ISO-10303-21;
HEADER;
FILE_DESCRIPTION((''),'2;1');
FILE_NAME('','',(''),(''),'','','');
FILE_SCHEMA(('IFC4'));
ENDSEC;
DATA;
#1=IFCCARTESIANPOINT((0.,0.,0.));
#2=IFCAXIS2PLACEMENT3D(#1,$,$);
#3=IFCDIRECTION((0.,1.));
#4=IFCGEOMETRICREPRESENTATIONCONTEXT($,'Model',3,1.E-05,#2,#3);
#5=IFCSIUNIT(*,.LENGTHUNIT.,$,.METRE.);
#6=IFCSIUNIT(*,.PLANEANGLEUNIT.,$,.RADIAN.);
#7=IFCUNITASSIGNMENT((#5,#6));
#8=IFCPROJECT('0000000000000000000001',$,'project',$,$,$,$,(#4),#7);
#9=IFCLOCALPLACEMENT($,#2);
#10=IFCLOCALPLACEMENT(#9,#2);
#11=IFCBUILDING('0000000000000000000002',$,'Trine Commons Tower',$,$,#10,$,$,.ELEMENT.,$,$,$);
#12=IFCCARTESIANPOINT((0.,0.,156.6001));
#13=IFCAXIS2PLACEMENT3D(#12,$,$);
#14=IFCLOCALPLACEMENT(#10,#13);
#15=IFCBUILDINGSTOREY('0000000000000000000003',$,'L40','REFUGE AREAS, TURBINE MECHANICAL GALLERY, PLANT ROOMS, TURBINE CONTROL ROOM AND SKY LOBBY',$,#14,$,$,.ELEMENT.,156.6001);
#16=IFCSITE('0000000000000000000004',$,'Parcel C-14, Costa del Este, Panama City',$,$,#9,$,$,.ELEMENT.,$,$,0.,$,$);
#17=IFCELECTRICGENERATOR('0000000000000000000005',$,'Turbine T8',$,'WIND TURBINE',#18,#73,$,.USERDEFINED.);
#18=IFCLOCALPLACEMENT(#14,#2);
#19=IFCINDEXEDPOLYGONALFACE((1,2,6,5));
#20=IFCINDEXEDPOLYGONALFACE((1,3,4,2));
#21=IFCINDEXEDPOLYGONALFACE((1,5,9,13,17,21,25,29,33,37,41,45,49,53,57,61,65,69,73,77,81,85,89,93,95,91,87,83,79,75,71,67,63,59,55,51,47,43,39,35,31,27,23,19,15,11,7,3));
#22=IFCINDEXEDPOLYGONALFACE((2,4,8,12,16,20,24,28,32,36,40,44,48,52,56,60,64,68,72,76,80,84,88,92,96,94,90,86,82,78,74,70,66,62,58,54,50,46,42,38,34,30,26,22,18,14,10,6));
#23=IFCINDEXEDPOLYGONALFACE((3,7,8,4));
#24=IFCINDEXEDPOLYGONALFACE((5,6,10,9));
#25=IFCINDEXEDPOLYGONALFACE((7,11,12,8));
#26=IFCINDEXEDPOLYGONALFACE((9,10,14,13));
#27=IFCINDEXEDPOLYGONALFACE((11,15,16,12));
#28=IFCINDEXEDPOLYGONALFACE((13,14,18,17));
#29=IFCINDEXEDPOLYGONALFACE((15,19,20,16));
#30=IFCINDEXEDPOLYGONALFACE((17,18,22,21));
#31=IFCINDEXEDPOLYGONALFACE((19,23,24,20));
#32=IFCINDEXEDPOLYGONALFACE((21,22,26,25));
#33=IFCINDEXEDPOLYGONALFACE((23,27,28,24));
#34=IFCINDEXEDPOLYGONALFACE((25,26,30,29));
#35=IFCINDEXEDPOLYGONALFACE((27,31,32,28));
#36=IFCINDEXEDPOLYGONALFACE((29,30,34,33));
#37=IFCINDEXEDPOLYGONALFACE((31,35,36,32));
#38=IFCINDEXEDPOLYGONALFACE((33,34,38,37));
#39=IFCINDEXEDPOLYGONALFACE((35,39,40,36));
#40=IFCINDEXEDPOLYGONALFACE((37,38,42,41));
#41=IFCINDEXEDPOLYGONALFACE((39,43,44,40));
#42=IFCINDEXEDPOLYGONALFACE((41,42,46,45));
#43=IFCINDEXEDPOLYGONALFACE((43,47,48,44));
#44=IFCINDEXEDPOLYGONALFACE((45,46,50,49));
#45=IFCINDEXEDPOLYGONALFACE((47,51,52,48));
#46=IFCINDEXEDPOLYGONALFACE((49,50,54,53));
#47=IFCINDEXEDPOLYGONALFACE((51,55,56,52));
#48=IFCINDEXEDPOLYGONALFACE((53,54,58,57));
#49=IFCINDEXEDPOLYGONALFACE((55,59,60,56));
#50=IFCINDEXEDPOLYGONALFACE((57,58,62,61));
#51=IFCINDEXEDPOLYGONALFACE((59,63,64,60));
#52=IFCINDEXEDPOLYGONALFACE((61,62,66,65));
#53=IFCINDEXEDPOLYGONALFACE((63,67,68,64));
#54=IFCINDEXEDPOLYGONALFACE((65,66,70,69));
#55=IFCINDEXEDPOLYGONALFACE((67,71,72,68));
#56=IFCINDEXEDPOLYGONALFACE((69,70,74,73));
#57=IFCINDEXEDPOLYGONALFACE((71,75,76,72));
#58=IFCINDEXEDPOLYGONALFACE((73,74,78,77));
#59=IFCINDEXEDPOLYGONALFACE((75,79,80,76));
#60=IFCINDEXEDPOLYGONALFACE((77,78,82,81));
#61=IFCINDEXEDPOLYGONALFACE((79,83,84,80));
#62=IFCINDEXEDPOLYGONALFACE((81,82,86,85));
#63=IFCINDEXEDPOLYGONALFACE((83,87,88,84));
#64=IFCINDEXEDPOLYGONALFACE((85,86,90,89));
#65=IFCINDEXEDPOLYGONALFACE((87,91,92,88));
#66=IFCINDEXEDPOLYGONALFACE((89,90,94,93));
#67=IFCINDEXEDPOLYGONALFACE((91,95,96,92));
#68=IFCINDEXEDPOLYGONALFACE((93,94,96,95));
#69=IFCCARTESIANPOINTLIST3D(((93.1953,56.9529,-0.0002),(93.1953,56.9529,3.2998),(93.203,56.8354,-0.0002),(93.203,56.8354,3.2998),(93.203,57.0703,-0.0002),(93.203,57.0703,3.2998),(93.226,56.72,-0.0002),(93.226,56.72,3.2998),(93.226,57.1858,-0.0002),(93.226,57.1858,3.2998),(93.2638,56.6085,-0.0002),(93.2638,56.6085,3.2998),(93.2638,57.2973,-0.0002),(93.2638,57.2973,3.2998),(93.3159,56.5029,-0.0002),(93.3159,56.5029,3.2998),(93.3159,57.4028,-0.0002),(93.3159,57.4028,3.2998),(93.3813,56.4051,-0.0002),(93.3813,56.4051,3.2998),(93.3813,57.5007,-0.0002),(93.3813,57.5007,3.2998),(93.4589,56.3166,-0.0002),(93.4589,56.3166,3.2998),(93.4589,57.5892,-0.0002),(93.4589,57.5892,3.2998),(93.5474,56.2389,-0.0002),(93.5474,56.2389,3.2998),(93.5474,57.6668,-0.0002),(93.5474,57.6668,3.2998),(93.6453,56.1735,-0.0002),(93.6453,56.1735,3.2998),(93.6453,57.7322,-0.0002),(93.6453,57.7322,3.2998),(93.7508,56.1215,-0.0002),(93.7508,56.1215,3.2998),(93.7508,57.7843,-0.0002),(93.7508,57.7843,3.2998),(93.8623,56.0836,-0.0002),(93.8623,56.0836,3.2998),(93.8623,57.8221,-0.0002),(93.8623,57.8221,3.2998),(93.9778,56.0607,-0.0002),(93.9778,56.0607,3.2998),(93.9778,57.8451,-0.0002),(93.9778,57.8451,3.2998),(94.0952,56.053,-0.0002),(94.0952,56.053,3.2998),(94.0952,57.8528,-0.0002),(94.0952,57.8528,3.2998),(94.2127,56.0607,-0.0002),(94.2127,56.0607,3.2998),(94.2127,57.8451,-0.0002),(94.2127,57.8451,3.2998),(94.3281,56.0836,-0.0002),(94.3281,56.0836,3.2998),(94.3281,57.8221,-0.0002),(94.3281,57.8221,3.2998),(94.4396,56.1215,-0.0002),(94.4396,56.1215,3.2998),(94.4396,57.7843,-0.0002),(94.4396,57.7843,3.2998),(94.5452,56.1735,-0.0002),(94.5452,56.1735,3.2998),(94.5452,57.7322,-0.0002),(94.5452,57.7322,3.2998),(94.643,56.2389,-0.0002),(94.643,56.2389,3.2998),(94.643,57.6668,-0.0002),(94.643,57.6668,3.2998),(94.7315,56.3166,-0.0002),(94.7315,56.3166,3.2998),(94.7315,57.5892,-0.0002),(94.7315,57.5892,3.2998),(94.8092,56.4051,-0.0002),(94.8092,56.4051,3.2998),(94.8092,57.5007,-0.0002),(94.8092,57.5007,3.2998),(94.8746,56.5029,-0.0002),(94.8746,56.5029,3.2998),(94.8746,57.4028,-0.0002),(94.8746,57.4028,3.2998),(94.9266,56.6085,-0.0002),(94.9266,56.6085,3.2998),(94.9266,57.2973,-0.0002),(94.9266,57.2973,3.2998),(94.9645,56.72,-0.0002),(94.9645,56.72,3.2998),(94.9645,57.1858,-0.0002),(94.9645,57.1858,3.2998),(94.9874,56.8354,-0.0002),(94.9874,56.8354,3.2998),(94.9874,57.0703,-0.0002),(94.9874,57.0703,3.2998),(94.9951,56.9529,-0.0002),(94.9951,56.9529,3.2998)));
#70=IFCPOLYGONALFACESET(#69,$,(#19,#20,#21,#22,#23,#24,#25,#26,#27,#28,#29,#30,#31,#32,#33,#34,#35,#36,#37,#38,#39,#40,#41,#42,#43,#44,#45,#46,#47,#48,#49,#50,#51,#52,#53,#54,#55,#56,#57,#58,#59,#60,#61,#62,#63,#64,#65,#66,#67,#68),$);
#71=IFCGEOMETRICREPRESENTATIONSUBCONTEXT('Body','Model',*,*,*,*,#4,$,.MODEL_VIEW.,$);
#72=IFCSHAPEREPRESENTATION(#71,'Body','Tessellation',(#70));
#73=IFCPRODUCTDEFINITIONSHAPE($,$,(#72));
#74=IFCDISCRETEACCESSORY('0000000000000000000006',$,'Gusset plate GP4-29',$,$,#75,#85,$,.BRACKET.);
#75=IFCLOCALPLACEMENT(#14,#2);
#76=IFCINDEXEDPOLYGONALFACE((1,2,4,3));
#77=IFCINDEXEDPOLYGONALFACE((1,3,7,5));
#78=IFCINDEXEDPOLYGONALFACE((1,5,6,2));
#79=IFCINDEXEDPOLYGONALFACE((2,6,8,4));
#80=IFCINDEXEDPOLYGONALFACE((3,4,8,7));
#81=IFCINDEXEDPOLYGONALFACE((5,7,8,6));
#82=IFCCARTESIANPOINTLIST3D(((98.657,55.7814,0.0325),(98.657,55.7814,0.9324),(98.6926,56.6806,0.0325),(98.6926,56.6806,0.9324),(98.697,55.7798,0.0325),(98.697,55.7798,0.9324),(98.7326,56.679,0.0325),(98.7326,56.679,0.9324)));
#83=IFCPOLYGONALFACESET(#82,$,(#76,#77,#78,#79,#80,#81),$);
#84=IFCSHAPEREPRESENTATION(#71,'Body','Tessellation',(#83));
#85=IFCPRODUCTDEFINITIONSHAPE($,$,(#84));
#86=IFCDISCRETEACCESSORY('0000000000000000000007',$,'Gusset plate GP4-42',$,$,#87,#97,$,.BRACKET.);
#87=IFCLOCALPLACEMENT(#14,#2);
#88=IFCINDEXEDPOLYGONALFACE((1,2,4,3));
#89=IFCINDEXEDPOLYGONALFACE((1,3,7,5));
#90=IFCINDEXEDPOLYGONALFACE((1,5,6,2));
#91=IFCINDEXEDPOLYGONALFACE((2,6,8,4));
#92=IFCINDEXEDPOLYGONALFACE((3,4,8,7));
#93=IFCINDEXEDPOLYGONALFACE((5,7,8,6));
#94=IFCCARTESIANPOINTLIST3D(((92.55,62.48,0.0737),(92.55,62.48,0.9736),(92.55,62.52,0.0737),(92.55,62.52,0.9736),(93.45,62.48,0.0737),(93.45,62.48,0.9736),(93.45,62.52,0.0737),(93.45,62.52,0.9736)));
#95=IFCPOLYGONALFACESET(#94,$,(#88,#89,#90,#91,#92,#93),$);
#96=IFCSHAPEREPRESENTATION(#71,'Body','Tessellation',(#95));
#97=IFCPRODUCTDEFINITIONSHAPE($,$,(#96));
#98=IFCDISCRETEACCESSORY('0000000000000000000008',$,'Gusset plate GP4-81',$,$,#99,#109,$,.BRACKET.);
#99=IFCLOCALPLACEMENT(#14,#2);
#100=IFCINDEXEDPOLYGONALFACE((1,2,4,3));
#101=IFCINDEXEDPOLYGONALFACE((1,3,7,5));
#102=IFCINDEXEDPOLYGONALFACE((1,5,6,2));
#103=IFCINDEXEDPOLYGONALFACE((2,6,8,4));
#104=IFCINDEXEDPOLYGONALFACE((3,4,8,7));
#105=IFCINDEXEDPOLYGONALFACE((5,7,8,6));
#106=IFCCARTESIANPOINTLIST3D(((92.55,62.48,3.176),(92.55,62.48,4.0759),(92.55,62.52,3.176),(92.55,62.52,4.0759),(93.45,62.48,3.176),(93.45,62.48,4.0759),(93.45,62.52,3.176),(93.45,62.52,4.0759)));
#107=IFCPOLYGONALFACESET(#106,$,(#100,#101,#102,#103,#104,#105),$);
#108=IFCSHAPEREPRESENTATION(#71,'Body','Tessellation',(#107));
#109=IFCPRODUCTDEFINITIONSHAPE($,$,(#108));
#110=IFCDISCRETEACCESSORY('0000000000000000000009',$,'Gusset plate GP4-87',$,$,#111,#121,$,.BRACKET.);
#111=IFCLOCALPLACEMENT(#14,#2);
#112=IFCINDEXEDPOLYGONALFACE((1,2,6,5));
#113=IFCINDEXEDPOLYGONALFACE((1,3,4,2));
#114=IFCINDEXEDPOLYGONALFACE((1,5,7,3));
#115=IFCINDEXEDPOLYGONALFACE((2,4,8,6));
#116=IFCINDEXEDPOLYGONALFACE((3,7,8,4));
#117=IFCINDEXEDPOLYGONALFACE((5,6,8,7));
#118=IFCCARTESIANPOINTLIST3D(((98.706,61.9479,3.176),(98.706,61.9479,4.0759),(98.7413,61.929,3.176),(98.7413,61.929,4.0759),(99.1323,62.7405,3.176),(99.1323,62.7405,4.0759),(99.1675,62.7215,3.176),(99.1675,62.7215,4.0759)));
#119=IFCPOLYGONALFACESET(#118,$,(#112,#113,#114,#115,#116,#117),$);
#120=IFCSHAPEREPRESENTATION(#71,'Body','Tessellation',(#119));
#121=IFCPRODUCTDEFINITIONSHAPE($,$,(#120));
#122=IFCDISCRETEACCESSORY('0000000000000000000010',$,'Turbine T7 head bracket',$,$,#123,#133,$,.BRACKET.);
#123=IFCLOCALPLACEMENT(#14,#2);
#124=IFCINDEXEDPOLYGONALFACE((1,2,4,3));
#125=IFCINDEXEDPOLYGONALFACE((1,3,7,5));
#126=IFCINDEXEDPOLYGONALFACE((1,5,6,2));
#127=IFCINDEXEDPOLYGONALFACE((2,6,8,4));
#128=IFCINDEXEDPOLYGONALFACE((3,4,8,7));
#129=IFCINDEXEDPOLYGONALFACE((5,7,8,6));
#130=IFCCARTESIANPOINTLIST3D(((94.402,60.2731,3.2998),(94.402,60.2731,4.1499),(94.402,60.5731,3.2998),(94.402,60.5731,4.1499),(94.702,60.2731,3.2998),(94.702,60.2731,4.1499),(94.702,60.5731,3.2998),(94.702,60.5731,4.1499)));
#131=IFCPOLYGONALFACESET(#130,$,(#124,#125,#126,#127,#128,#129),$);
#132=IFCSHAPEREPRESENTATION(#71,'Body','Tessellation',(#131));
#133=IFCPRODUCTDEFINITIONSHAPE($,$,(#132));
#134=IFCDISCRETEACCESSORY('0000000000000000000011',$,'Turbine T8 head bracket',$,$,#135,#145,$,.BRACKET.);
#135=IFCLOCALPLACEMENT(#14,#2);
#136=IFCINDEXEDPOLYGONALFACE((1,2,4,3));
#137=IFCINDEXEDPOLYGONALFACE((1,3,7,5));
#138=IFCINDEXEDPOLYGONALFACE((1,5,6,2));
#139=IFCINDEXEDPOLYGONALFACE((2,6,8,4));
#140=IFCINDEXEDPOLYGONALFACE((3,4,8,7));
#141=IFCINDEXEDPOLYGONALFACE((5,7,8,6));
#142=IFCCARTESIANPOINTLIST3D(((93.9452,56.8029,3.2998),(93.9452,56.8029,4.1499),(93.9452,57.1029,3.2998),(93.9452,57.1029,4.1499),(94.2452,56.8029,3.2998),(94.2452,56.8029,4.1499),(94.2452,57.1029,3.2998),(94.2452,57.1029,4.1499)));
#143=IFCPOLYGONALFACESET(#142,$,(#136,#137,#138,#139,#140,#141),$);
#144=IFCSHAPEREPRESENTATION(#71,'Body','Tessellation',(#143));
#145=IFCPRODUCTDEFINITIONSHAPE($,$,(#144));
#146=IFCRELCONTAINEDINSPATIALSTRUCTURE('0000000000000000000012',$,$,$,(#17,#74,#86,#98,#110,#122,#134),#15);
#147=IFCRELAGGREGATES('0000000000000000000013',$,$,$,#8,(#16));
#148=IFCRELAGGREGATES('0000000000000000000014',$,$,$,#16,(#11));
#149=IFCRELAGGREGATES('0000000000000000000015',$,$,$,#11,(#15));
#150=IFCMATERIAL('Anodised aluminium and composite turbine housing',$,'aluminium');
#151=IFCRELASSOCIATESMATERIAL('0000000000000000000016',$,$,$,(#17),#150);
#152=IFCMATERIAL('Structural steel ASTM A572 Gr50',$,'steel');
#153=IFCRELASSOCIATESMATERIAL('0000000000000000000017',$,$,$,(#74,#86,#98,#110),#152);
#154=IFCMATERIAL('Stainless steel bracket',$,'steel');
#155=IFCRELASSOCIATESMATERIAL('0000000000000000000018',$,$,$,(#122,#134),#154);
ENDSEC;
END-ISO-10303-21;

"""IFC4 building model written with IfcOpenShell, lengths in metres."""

from ifc_helpers import new_model, si_unit, direction, frame, origin, origin_2d, place, context, subcontext, project, spatial, rectangle, circle, extrude, material, element, save


model = new_model("IFC4")

# Units and contexts
model_context = context("Model", 3, precision=1e-05, world=origin(), true_north=direction((0.0, 1.0)))
body_context = subcontext(model_context, "Body", "Model", "MODEL_VIEW")
ifc_project = project(units=[si_unit("LENGTHUNIT", "METRE"), si_unit("PLANEANGLEUNIT", "RADIAN")], contexts=[model_context])

# Site, building, storey
site_placement = place(None, origin())
site = spatial("IfcSite", under=ifc_project, at=site_placement, Name="Parcel C-14, Costa del Este, Panama City", CompositionType="ELEMENT", RefElevation=0.0)
building_placement = place(site_placement, origin())
building = spatial("IfcBuilding", under=site, at=building_placement, Name="Trine Commons Tower", CompositionType="ELEMENT")
storey_placement = place(building_placement, frame((0.0, 0.0, 156.6001)))
storey = spatial("IfcBuildingStorey", under=building, at=storey_placement, Name="L40", Description="REFUGE AREAS, TURBINE MECHANICAL GALLERY, PLANT ROOMS, TURBINE CONTROL ROOM AND SKY LOBBY", CompositionType="ELEMENT", Elevation=156.6001)

# Electric generator
ifc_material_1 = material(Name="Anodised aluminium and composite turbine housing", Category="aluminium")
for number, where, z_axis, x_axis, name in (
    (1, (94.0952, 56.9529, 3.2998), (0.0, 0.0, -1.0), (1.0, 0.0, 0.0), "Turbine T8"),
):
    element("IfcElectricGenerator", number, at=place(storey_placement, frame(where, z_axis=z_axis, x_axis=x_axis)), inside=storey, material=ifc_material_1, Name=name, ObjectType="WIND TURBINE", PredefinedType="USERDEFINED", context=body_context, shape_type="SweptSolid", body=[
        extrude(circle(Radius=0.8999, at=origin_2d()), origin(), (0.0, 0.0, 1.0), 3.3),
    ])

# Discrete accessories
ifc_material_2 = material(Name="Structural steel ASTM A572 Gr50", Category="steel")
for number, where, z_axis, x_axis, name in (
    (2, (98.6948, 56.2302, 0.0325), (0.0, 0.0, 1.0), (0.039609, 0.999215, 0.0), "Gusset plate GP4-29"),
    (3, (93.0, 62.5, 0.0737), (0.0, 0.0, 1.0), (1.0, 0.0, 0.0), "Gusset plate GP4-42"),
    (4, (93.0, 62.5, 3.176), (0.0, 0.0, 1.0), (1.0, 0.0, 0.0), "Gusset plate GP4-81"),
    (5, (98.9368, 62.3347, 3.176), (0.0, 0.0, 1.0), (-0.473642, -0.880717, 0.0), "Gusset plate GP4-87"),
):
    element("IfcDiscreteAccessory", number, at=place(storey_placement, frame(where, z_axis=z_axis, x_axis=x_axis)), inside=storey, material=ifc_material_2, Name=name, PredefinedType="BRACKET", context=body_context, shape_type="SweptSolid", body=[
        extrude(rectangle(XDim=0.8999, YDim=0.04, at=origin_2d()), origin(), (0.0, 0.0, 1.0), 0.8999),
    ])
ifc_material_3 = material(Name="Stainless steel bracket", Category="steel")
for number, where, z_axis, x_axis, name in (
    (6, (94.552, 60.4231, 3.2998), (0.0, 0.0, 1.0), (1.0, 0.0, 0.0), "Turbine T7 head bracket"),
    (7, (94.0952, 56.9529, 3.2998), (0.0, 0.0, 1.0), (1.0, 0.0, 0.0), "Turbine T8 head bracket"),
):
    element("IfcDiscreteAccessory", number, at=place(storey_placement, frame(where, z_axis=z_axis, x_axis=x_axis)), inside=storey, material=ifc_material_3, Name=name, PredefinedType="BRACKET", context=body_context, shape_type="SweptSolid", body=[
        extrude(rectangle(XDim=0.3, YDim=0.3, at=origin_2d()), origin(), (0.0, 0.0, 1.0), 0.8501),
    ])

save(model, "model.ifc")
